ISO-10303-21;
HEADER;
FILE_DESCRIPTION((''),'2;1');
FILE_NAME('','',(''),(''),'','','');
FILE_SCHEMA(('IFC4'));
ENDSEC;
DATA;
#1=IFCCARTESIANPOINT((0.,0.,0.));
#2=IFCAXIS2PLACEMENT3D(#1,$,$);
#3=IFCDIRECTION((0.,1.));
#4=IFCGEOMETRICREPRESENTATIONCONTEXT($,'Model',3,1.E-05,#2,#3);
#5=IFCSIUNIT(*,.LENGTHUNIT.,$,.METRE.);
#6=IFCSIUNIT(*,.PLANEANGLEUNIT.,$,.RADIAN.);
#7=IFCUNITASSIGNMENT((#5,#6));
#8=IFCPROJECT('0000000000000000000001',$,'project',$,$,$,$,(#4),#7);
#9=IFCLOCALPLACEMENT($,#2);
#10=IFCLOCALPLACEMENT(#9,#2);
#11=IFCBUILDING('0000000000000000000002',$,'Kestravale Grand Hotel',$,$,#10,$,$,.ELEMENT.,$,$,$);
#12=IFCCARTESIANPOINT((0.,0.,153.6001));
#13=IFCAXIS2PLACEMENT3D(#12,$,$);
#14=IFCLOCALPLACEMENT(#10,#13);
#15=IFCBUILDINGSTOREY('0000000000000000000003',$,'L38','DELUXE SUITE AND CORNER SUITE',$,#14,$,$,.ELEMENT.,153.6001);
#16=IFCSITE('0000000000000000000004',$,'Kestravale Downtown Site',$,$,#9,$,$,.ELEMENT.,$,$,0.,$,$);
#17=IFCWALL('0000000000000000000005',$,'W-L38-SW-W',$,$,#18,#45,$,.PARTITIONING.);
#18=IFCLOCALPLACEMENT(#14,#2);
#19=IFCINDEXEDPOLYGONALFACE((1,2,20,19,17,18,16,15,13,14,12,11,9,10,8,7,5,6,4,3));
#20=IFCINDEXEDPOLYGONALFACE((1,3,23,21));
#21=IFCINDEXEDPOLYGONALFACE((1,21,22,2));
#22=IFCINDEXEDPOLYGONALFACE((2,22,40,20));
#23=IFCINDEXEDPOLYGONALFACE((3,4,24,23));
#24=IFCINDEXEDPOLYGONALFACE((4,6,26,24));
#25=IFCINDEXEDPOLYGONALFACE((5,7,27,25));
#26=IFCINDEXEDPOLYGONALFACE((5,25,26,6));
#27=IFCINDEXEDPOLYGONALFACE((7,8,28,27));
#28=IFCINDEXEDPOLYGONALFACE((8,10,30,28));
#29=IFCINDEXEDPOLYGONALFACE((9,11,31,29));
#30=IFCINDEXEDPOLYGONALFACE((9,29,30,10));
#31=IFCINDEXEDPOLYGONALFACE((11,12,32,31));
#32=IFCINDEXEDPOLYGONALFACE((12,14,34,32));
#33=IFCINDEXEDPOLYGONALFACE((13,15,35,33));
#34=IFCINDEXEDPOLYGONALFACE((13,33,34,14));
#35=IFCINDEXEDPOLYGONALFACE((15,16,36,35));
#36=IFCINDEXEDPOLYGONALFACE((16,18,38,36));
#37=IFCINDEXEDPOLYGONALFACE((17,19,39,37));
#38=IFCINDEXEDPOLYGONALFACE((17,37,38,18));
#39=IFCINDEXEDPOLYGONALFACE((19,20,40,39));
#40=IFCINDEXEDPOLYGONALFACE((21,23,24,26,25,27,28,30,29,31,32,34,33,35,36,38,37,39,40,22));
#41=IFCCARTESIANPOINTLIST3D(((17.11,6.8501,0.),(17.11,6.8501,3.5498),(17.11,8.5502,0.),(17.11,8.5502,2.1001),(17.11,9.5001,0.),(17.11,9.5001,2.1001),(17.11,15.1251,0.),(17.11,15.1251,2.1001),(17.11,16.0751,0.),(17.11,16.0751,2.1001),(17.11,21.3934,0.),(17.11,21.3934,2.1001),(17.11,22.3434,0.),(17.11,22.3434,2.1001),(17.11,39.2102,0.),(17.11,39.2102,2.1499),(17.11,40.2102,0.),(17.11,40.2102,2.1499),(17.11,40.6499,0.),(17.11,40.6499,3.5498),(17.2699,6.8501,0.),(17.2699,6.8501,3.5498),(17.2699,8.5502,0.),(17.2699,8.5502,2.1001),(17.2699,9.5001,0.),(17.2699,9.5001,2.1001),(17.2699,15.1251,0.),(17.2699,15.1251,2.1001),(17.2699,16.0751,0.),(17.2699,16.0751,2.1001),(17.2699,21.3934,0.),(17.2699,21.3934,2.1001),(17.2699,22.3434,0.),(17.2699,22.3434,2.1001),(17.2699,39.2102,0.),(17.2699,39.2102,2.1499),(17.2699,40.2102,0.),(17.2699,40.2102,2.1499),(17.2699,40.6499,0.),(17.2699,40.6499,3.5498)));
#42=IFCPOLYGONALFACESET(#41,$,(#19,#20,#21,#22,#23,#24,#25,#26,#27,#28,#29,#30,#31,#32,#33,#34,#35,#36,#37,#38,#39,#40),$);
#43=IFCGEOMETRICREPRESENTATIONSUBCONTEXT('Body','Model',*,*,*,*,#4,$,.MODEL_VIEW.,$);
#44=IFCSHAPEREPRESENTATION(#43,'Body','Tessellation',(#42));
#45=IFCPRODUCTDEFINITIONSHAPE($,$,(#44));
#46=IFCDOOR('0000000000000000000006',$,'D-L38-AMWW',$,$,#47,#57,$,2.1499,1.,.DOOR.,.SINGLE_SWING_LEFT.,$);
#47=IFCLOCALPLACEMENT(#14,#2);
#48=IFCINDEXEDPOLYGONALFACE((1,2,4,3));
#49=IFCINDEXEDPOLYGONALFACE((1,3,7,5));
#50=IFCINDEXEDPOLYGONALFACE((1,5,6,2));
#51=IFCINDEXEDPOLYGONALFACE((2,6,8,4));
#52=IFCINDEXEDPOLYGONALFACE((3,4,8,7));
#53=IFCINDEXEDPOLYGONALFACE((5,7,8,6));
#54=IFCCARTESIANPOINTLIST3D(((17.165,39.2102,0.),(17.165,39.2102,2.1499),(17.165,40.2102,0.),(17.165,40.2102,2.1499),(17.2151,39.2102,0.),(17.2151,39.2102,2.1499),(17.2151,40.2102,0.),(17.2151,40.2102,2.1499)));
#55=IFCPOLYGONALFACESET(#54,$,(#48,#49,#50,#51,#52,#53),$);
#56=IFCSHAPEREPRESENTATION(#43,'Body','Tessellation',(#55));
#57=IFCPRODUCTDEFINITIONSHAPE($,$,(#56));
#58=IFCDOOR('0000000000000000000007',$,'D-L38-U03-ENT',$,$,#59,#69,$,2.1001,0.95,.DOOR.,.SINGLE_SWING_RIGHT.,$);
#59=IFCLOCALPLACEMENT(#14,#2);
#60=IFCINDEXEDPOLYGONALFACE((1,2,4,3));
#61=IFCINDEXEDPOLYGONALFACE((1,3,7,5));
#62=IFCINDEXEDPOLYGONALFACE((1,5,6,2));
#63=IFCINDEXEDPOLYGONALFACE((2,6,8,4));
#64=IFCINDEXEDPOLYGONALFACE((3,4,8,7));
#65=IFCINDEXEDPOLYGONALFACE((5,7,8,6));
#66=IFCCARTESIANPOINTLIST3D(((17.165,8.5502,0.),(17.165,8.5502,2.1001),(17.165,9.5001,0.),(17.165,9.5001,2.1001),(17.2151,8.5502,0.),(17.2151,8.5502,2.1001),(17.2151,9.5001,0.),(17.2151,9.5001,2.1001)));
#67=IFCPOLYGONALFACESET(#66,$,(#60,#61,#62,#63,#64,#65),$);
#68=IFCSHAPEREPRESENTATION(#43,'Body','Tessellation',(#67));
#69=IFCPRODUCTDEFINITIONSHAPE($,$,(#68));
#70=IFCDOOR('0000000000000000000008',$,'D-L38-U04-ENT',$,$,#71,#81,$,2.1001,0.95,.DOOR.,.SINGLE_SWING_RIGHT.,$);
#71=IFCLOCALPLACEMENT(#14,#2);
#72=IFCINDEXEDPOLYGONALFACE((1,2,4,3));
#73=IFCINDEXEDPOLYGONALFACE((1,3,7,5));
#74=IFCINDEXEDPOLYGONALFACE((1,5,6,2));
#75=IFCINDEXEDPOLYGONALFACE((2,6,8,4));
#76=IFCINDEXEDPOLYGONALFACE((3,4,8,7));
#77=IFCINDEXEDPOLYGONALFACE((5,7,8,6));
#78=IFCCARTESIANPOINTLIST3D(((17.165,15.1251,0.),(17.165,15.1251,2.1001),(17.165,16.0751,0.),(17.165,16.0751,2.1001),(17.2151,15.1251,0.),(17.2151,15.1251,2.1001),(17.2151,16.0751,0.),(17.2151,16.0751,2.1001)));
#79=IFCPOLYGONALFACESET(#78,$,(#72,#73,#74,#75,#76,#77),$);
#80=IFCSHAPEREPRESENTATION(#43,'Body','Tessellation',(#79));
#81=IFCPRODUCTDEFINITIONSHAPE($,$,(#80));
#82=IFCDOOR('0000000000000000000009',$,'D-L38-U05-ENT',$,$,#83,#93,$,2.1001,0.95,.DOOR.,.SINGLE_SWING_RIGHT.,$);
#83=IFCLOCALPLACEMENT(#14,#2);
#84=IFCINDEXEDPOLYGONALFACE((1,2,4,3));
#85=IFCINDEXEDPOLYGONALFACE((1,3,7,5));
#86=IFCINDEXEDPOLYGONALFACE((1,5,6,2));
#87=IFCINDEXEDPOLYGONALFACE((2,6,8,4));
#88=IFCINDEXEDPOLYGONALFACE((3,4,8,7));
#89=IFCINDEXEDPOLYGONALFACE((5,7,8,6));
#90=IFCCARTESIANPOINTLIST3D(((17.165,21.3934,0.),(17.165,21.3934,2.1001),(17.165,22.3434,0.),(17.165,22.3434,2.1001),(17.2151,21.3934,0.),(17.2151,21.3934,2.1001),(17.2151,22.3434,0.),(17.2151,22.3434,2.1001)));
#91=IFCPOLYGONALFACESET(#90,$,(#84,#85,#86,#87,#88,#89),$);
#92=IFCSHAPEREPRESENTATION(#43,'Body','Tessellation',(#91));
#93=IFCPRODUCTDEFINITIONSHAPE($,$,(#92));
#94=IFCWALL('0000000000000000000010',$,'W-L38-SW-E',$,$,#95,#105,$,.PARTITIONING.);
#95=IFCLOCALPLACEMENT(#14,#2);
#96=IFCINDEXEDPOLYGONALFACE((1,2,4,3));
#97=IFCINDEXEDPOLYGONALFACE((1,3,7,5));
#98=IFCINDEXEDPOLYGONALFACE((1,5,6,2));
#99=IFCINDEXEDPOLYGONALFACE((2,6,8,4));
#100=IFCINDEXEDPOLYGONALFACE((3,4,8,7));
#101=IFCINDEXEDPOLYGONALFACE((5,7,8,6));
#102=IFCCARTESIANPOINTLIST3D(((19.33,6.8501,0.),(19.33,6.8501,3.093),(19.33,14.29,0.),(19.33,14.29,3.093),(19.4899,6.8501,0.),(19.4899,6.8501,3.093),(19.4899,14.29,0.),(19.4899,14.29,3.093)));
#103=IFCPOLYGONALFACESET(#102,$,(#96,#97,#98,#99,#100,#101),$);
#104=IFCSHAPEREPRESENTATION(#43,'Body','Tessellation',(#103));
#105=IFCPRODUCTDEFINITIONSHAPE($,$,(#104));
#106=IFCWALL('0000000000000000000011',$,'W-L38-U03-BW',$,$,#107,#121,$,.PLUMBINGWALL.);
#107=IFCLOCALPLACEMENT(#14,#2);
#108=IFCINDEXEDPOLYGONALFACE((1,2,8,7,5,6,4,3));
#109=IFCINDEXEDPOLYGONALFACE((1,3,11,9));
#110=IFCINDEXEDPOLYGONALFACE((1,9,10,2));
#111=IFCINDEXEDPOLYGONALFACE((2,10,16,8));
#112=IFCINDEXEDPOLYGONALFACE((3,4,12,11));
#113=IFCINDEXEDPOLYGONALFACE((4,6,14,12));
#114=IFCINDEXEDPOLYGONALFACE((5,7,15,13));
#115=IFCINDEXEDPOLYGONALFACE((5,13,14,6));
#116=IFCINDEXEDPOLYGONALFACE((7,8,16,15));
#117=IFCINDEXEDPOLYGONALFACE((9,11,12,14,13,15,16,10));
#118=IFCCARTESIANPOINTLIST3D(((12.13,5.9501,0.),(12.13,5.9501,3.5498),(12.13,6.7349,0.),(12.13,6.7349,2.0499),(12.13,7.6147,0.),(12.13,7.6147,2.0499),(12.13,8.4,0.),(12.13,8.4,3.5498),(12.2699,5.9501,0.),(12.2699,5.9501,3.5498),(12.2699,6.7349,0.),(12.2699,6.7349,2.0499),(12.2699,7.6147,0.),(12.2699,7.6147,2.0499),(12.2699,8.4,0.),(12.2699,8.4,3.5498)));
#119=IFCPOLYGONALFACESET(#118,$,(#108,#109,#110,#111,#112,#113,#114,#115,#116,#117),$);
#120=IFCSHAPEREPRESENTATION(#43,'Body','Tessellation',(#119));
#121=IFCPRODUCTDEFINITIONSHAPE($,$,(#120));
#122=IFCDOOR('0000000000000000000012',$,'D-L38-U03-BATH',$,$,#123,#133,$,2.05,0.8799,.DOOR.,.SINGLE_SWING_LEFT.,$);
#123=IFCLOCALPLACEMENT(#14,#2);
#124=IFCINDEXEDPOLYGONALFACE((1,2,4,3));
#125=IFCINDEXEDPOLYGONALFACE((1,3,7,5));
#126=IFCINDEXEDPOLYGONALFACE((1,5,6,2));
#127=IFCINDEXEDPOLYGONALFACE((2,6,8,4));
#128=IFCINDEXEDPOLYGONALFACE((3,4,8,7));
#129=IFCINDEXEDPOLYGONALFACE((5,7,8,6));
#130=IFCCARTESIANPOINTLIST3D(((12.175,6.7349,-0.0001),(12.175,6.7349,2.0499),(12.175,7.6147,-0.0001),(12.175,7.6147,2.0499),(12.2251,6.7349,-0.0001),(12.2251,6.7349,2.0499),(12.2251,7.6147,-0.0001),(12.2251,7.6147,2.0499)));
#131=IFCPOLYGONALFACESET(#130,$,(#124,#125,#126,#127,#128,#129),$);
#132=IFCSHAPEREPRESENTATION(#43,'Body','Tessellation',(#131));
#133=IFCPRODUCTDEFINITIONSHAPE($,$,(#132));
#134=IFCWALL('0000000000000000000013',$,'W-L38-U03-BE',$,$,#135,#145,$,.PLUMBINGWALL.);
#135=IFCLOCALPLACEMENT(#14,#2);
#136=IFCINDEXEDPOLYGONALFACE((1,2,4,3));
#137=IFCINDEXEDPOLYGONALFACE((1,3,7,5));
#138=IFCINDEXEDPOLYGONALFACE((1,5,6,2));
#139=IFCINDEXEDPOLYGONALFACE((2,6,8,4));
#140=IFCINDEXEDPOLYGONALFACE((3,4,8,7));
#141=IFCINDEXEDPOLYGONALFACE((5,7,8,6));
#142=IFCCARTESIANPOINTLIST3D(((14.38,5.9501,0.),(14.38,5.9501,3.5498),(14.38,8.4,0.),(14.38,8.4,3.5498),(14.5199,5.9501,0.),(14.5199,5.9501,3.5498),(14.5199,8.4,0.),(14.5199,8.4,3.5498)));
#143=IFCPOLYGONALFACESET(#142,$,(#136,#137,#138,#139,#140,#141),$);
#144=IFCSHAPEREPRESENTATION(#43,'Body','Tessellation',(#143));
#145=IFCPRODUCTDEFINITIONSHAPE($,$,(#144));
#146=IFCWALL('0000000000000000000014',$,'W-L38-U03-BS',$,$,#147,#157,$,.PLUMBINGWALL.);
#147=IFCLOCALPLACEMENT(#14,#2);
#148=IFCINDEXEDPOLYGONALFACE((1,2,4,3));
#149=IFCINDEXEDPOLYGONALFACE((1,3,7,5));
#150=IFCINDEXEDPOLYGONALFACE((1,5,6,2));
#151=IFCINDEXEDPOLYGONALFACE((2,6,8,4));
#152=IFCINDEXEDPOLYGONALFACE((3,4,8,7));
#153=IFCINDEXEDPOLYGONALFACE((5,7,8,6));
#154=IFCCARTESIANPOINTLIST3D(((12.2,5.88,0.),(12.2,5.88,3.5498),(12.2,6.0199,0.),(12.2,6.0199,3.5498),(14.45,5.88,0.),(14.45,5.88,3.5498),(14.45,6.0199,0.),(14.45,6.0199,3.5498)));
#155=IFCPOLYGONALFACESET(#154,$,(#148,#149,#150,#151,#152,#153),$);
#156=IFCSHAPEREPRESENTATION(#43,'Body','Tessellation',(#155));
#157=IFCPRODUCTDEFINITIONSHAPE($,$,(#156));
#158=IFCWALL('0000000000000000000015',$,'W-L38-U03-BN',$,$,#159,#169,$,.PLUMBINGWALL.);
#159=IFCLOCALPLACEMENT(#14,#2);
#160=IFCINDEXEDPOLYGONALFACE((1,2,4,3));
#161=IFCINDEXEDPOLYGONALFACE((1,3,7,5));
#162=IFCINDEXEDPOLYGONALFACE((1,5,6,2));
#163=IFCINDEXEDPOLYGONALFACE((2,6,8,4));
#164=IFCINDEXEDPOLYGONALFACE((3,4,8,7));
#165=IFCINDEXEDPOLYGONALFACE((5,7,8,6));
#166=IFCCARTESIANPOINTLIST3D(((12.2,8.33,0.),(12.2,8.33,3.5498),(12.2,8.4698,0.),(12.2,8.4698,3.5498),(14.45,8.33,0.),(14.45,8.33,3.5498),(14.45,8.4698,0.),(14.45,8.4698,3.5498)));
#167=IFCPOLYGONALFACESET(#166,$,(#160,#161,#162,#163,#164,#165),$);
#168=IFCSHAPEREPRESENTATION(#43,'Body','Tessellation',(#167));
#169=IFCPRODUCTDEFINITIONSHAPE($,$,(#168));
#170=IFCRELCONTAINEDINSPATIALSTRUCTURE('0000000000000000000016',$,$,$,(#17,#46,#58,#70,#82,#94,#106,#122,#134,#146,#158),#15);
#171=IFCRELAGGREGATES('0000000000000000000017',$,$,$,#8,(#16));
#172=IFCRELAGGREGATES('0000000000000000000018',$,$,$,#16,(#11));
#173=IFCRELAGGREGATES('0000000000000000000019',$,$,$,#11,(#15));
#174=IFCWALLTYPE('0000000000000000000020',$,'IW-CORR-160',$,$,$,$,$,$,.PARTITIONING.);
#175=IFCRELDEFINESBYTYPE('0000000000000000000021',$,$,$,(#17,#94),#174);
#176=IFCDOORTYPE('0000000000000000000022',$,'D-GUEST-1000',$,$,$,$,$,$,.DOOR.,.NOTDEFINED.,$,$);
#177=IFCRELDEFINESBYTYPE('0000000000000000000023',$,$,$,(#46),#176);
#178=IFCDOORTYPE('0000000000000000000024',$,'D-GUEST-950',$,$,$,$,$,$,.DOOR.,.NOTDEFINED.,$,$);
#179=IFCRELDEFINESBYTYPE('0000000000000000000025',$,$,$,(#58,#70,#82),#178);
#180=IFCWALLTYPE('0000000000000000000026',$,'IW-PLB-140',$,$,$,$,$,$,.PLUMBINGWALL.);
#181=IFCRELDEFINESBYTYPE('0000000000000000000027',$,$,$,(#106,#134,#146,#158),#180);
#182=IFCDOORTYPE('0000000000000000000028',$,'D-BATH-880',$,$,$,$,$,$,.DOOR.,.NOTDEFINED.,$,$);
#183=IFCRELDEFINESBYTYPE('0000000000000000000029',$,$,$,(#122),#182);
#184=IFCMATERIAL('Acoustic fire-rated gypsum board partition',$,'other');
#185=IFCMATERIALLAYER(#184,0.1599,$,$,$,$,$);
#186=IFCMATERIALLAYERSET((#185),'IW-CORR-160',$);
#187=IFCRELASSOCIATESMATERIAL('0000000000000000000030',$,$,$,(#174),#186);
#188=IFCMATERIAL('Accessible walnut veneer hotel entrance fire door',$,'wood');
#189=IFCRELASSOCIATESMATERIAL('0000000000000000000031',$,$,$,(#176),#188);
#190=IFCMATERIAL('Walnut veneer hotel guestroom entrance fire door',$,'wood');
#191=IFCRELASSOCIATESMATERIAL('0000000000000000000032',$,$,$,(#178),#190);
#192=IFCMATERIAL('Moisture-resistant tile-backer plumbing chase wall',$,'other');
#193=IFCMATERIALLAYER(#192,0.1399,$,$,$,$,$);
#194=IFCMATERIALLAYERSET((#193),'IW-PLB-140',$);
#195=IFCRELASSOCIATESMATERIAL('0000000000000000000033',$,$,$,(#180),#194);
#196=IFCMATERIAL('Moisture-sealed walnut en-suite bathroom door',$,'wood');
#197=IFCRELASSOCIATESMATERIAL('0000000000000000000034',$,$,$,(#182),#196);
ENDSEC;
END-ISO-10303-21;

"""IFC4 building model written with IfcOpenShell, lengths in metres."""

from ifc_helpers import new_model, si_unit, direction, frame, frame_2d, origin, place, context, subcontext, project, spatial, rectangle, extrude, material, layer, layer_set, type_object, element, fill, save


model = new_model("IFC4")

# Units and contexts
model_context = context("Model", 3, precision=1e-05, world=origin(), true_north=direction((0.0, 1.0)))
body_context = subcontext(model_context, "Body", "Model", "MODEL_VIEW")
ifc_project = project(units=[si_unit("LENGTHUNIT", "METRE"), si_unit("PLANEANGLEUNIT", "RADIAN")], contexts=[model_context])

# Site, building, storey
site_placement = place(None, origin())
site = spatial("IfcSite", under=ifc_project, at=site_placement, Name="Kestravale Downtown Site", CompositionType="ELEMENT", RefElevation=0.0)
building_placement = place(site_placement, origin())
building = spatial("IfcBuilding", under=site, at=building_placement, Name="Kestravale Grand Hotel", CompositionType="ELEMENT")
storey_placement = place(building_placement, frame((0.0, 0.0, 153.6001)))
storey = spatial("IfcBuildingStorey", under=building, at=storey_placement, Name="L38", Description="DELUXE SUITE AND CORNER SUITE", CompositionType="ELEMENT", Elevation=153.6001)

# Wall, openings, doors
ifc_material_1 = material(Name="Acoustic fire-rated gypsum board partition", Category="other")
ifc_layer_1 = layer(ifc_material_1, 0.1599)
ifc_layer_set_1 = layer_set([ifc_layer_1], Name="IW-CORR-160")
wall_type_1 = type_object("IfcWallType", Name="IW-CORR-160", PredefinedType="PARTITIONING", material=ifc_layer_set_1)
wall_1_placement = place(storey_placement, frame((17.1899, 6.8501, 0.0), z_axis=(0.0, 0.0, 1.0), x_axis=(0.0, 1.0, 0.0)))
wall_1 = element("IfcWall", 1, at=wall_1_placement, inside=storey, type_object=wall_type_1, Name="W-L38-SW-W", PredefinedType="PARTITIONING", context=body_context, shape_type="SweptSolid", body=[
    extrude(rectangle(XDim=33.7998, YDim=0.1599, at=frame_2d((16.8999, 0.0))), origin(), (0.0, 0.0, 1.0), 3.5498),
])
opening_1_placement = place(wall_1_placement, frame((1.7, 0.0, 0.0)))
opening_1 = element("IfcOpeningElement", 2, at=opening_1_placement, cuts=wall_1, PredefinedType="OPENING", context=body_context, shape_type="SweptSolid", body=[
    extrude(rectangle(XDim=0.95, YDim=2.1001, at=frame_2d((0.4751, 1.05))), frame((0.0, 0.0898, 0.0), z_axis=(0.0, -1.0, 0.0), x_axis=(1.0, 0.0, 0.0)), (0.0, 0.0, 1.0), 0.1799),
])
opening_2_placement = place(wall_1_placement, frame((8.2749, 0.0, 0.0)))
opening_2 = element("IfcOpeningElement", 3, at=opening_2_placement, cuts=wall_1, PredefinedType="OPENING", context=body_context, shape_type="SweptSolid", body=[
    extrude(rectangle(XDim=0.95, YDim=2.1001, at=frame_2d((0.4751, 1.05))), frame((0.0, 0.0898, 0.0), z_axis=(0.0, -1.0, 0.0), x_axis=(1.0, 0.0, 0.0)), (0.0, 0.0, 1.0), 0.1799),
])
opening_3_placement = place(wall_1_placement, frame((14.5432, 0.0, 0.0)))
opening_3 = element("IfcOpeningElement", 4, at=opening_3_placement, cuts=wall_1, PredefinedType="OPENING", context=body_context, shape_type="SweptSolid", body=[
    extrude(rectangle(XDim=0.95, YDim=2.1001, at=frame_2d((0.4751, 1.05))), frame((0.0, 0.0898, 0.0), z_axis=(0.0, -1.0, 0.0), x_axis=(1.0, 0.0, 0.0)), (0.0, 0.0, 1.0), 0.1799),
])
opening_4_placement = place(wall_1_placement, frame((32.3601, 0.0, 0.0)))
opening_4 = element("IfcOpeningElement", 5, at=opening_4_placement, cuts=wall_1, PredefinedType="OPENING", context=body_context, shape_type="SweptSolid", body=[
    extrude(rectangle(XDim=1.0, YDim=2.1499, at=frame_2d((0.5, 1.075))), frame((0.0, 0.0898, 0.0), z_axis=(0.0, -1.0, 0.0), x_axis=(1.0, 0.0, 0.0)), (0.0, 0.0, 1.0), 0.1799),
])
ifc_material_2 = material(Name="Accessible walnut veneer hotel entrance fire door", Category="wood")
door_type_1 = type_object("IfcDoorType", Name="D-GUEST-1000", OperationType="NOTDEFINED", PredefinedType="DOOR", material=ifc_material_2)
door_1_placement = place(opening_4_placement, origin())
door_1 = element("IfcDoor", 6, at=door_1_placement, inside=storey, type_object=door_type_1, Name="D-L38-AMWW", OperationType="SINGLE_SWING_LEFT", OverallHeight=2.1499, OverallWidth=1.0, PredefinedType="DOOR", context=body_context, shape_type="SweptSolid", body=[
    extrude(rectangle(XDim=1.0, YDim=2.1499, at=frame_2d((0.5, 1.075))), frame((0.0, 0.0249, 0.0), z_axis=(0.0, -1.0, 0.0), x_axis=(1.0, 0.0, 0.0)), (0.0, 0.0, 1.0), 0.05),
])
fill(opening_4, door_1)
ifc_material_3 = material(Name="Walnut veneer hotel guestroom entrance fire door", Category="wood")
door_type_2 = type_object("IfcDoorType", Name="D-GUEST-950", OperationType="NOTDEFINED", PredefinedType="DOOR", material=ifc_material_3)
door_2_placement = place(opening_1_placement, origin())
door_2 = element("IfcDoor", 7, at=door_2_placement, inside=storey, type_object=door_type_2, Name="D-L38-U03-ENT", OperationType="SINGLE_SWING_RIGHT", OverallHeight=2.1001, OverallWidth=0.95, PredefinedType="DOOR", context=body_context, shape_type="SweptSolid", body=[
    extrude(rectangle(XDim=0.95, YDim=2.1001, at=frame_2d((0.4751, 1.05))), frame((0.0, 0.0249, 0.0), z_axis=(0.0, -1.0, 0.0), x_axis=(1.0, 0.0, 0.0)), (0.0, 0.0, 1.0), 0.05),
])
fill(opening_1, door_2)
door_3_placement = place(opening_2_placement, origin())
door_3 = element("IfcDoor", 8, at=door_3_placement, inside=storey, type_object=door_type_2, Name="D-L38-U04-ENT", OperationType="SINGLE_SWING_RIGHT", OverallHeight=2.1001, OverallWidth=0.95, PredefinedType="DOOR", context=body_context, shape_type="SweptSolid", body=[
    extrude(rectangle(XDim=0.95, YDim=2.1001, at=frame_2d((0.4751, 1.05))), frame((0.0, 0.0249, 0.0), z_axis=(0.0, -1.0, 0.0), x_axis=(1.0, 0.0, 0.0)), (0.0, 0.0, 1.0), 0.05),
])
fill(opening_2, door_3)
door_4_placement = place(opening_3_placement, origin())
door_4 = element("IfcDoor", 9, at=door_4_placement, inside=storey, type_object=door_type_2, Name="D-L38-U05-ENT", OperationType="SINGLE_SWING_RIGHT", OverallHeight=2.1001, OverallWidth=0.95, PredefinedType="DOOR", context=body_context, shape_type="SweptSolid", body=[
    extrude(rectangle(XDim=0.95, YDim=2.1001, at=frame_2d((0.4751, 1.05))), frame((0.0, 0.0249, 0.0), z_axis=(0.0, -1.0, 0.0), x_axis=(1.0, 0.0, 0.0)), (0.0, 0.0, 1.0), 0.05),
])
fill(opening_3, door_4)

# Wall
wall_2_placement = place(storey_placement, frame((19.4099, 6.8501, 0.0), z_axis=(0.0, 0.0, 1.0), x_axis=(0.0, 1.0, 0.0)))
element("IfcWall", 10, at=wall_2_placement, inside=storey, type_object=wall_type_1, Name="W-L38-SW-E", PredefinedType="PARTITIONING", context=body_context, shape_type="SweptSolid", body=[
    extrude(rectangle(XDim=7.4399, YDim=0.1599, at=frame_2d((3.72, 0.0))), origin(), (0.0, 0.0, 1.0), 3.093),
])

# Wall, opening, door
ifc_material_4 = material(Name="Moisture-resistant tile-backer plumbing chase wall", Category="other")
ifc_layer_2 = layer(ifc_material_4, 0.1399)
ifc_layer_set_2 = layer_set([ifc_layer_2], Name="IW-PLB-140")
wall_type_2 = type_object("IfcWallType", Name="IW-PLB-140", PredefinedType="PLUMBINGWALL", material=ifc_layer_set_2)
wall_3_placement = place(storey_placement, frame((12.2, 5.95, 0.0), z_axis=(0.0, 0.0, 1.0), x_axis=(0.0, 1.0, 0.0)))
wall_3 = element("IfcWall", 11, at=wall_3_placement, inside=storey, type_object=wall_type_2, Name="W-L38-U03-BW", PredefinedType="PLUMBINGWALL", context=body_context, shape_type="SweptSolid", body=[
    extrude(rectangle(XDim=2.45, YDim=0.1399, at=frame_2d((1.2251, 0.0))), origin(), (0.0, 0.0, 1.0), 3.5498),
])
opening_5_placement = place(wall_3_placement, frame((0.7849, 0.0, 0.0)))
opening_5 = element("IfcOpeningElement", 12, at=opening_5_placement, cuts=wall_3, PredefinedType="OPENING", context=body_context, shape_type="SweptSolid", body=[
    extrude(rectangle(XDim=0.8799, YDim=2.05, at=frame_2d((0.4399, 1.0249))), frame((0.0, 0.0798, 0.0), z_axis=(0.0, -1.0, 0.0), x_axis=(1.0, 0.0, 0.0)), (0.0, 0.0, 1.0), 0.1599),
])
ifc_material_5 = material(Name="Moisture-sealed walnut en-suite bathroom door", Category="wood")
door_type_3 = type_object("IfcDoorType", Name="D-BATH-880", OperationType="NOTDEFINED", PredefinedType="DOOR", material=ifc_material_5)
door_5_placement = place(opening_5_placement, origin())
door_5 = element("IfcDoor", 13, at=door_5_placement, inside=storey, type_object=door_type_3, Name="D-L38-U03-BATH", OperationType="SINGLE_SWING_LEFT", OverallHeight=2.05, OverallWidth=0.8799, PredefinedType="DOOR", context=body_context, shape_type="SweptSolid", body=[
    extrude(rectangle(XDim=0.8799, YDim=2.05, at=frame_2d((0.4399, 1.0249))), frame((0.0, 0.0249, 0.0), z_axis=(0.0, -1.0, 0.0), x_axis=(1.0, 0.0, 0.0)), (0.0, 0.0, 1.0), 0.05),
])
fill(opening_5, door_5)

# Walls
wall_4_placement = place(storey_placement, frame((14.45, 5.95, 0.0), z_axis=(0.0, 0.0, 1.0), x_axis=(0.0, 1.0, 0.0)))
element("IfcWall", 14, at=wall_4_placement, inside=storey, type_object=wall_type_2, Name="W-L38-U03-BE", PredefinedType="PLUMBINGWALL", context=body_context, shape_type="SweptSolid", body=[
    extrude(rectangle(XDim=2.45, YDim=0.1399, at=frame_2d((1.2251, 0.0))), origin(), (0.0, 0.0, 1.0), 3.5498),
])
for number, where, z_axis, x_axis, name in (
    (15, (12.2, 5.95, 0.0), (0.0, 0.0, 1.0), (1.0, 0.0, 0.0), "W-L38-U03-BS"),
    (16, (12.2, 8.3999, 0.0), (0.0, 0.0, 1.0), (1.0, 0.0, 0.0), "W-L38-U03-BN"),
):
    element("IfcWall", number, at=place(storey_placement, frame(where, z_axis=z_axis, x_axis=x_axis)), inside=storey, type_object=wall_type_2, Name=name, PredefinedType="PLUMBINGWALL", context=body_context, shape_type="SweptSolid", body=[
        extrude(rectangle(XDim=2.25, YDim=0.1399, at=frame_2d((1.125, 0.0))), origin(), (0.0, 0.0, 1.0), 3.5498),
    ])

save(model, "model.ifc")
